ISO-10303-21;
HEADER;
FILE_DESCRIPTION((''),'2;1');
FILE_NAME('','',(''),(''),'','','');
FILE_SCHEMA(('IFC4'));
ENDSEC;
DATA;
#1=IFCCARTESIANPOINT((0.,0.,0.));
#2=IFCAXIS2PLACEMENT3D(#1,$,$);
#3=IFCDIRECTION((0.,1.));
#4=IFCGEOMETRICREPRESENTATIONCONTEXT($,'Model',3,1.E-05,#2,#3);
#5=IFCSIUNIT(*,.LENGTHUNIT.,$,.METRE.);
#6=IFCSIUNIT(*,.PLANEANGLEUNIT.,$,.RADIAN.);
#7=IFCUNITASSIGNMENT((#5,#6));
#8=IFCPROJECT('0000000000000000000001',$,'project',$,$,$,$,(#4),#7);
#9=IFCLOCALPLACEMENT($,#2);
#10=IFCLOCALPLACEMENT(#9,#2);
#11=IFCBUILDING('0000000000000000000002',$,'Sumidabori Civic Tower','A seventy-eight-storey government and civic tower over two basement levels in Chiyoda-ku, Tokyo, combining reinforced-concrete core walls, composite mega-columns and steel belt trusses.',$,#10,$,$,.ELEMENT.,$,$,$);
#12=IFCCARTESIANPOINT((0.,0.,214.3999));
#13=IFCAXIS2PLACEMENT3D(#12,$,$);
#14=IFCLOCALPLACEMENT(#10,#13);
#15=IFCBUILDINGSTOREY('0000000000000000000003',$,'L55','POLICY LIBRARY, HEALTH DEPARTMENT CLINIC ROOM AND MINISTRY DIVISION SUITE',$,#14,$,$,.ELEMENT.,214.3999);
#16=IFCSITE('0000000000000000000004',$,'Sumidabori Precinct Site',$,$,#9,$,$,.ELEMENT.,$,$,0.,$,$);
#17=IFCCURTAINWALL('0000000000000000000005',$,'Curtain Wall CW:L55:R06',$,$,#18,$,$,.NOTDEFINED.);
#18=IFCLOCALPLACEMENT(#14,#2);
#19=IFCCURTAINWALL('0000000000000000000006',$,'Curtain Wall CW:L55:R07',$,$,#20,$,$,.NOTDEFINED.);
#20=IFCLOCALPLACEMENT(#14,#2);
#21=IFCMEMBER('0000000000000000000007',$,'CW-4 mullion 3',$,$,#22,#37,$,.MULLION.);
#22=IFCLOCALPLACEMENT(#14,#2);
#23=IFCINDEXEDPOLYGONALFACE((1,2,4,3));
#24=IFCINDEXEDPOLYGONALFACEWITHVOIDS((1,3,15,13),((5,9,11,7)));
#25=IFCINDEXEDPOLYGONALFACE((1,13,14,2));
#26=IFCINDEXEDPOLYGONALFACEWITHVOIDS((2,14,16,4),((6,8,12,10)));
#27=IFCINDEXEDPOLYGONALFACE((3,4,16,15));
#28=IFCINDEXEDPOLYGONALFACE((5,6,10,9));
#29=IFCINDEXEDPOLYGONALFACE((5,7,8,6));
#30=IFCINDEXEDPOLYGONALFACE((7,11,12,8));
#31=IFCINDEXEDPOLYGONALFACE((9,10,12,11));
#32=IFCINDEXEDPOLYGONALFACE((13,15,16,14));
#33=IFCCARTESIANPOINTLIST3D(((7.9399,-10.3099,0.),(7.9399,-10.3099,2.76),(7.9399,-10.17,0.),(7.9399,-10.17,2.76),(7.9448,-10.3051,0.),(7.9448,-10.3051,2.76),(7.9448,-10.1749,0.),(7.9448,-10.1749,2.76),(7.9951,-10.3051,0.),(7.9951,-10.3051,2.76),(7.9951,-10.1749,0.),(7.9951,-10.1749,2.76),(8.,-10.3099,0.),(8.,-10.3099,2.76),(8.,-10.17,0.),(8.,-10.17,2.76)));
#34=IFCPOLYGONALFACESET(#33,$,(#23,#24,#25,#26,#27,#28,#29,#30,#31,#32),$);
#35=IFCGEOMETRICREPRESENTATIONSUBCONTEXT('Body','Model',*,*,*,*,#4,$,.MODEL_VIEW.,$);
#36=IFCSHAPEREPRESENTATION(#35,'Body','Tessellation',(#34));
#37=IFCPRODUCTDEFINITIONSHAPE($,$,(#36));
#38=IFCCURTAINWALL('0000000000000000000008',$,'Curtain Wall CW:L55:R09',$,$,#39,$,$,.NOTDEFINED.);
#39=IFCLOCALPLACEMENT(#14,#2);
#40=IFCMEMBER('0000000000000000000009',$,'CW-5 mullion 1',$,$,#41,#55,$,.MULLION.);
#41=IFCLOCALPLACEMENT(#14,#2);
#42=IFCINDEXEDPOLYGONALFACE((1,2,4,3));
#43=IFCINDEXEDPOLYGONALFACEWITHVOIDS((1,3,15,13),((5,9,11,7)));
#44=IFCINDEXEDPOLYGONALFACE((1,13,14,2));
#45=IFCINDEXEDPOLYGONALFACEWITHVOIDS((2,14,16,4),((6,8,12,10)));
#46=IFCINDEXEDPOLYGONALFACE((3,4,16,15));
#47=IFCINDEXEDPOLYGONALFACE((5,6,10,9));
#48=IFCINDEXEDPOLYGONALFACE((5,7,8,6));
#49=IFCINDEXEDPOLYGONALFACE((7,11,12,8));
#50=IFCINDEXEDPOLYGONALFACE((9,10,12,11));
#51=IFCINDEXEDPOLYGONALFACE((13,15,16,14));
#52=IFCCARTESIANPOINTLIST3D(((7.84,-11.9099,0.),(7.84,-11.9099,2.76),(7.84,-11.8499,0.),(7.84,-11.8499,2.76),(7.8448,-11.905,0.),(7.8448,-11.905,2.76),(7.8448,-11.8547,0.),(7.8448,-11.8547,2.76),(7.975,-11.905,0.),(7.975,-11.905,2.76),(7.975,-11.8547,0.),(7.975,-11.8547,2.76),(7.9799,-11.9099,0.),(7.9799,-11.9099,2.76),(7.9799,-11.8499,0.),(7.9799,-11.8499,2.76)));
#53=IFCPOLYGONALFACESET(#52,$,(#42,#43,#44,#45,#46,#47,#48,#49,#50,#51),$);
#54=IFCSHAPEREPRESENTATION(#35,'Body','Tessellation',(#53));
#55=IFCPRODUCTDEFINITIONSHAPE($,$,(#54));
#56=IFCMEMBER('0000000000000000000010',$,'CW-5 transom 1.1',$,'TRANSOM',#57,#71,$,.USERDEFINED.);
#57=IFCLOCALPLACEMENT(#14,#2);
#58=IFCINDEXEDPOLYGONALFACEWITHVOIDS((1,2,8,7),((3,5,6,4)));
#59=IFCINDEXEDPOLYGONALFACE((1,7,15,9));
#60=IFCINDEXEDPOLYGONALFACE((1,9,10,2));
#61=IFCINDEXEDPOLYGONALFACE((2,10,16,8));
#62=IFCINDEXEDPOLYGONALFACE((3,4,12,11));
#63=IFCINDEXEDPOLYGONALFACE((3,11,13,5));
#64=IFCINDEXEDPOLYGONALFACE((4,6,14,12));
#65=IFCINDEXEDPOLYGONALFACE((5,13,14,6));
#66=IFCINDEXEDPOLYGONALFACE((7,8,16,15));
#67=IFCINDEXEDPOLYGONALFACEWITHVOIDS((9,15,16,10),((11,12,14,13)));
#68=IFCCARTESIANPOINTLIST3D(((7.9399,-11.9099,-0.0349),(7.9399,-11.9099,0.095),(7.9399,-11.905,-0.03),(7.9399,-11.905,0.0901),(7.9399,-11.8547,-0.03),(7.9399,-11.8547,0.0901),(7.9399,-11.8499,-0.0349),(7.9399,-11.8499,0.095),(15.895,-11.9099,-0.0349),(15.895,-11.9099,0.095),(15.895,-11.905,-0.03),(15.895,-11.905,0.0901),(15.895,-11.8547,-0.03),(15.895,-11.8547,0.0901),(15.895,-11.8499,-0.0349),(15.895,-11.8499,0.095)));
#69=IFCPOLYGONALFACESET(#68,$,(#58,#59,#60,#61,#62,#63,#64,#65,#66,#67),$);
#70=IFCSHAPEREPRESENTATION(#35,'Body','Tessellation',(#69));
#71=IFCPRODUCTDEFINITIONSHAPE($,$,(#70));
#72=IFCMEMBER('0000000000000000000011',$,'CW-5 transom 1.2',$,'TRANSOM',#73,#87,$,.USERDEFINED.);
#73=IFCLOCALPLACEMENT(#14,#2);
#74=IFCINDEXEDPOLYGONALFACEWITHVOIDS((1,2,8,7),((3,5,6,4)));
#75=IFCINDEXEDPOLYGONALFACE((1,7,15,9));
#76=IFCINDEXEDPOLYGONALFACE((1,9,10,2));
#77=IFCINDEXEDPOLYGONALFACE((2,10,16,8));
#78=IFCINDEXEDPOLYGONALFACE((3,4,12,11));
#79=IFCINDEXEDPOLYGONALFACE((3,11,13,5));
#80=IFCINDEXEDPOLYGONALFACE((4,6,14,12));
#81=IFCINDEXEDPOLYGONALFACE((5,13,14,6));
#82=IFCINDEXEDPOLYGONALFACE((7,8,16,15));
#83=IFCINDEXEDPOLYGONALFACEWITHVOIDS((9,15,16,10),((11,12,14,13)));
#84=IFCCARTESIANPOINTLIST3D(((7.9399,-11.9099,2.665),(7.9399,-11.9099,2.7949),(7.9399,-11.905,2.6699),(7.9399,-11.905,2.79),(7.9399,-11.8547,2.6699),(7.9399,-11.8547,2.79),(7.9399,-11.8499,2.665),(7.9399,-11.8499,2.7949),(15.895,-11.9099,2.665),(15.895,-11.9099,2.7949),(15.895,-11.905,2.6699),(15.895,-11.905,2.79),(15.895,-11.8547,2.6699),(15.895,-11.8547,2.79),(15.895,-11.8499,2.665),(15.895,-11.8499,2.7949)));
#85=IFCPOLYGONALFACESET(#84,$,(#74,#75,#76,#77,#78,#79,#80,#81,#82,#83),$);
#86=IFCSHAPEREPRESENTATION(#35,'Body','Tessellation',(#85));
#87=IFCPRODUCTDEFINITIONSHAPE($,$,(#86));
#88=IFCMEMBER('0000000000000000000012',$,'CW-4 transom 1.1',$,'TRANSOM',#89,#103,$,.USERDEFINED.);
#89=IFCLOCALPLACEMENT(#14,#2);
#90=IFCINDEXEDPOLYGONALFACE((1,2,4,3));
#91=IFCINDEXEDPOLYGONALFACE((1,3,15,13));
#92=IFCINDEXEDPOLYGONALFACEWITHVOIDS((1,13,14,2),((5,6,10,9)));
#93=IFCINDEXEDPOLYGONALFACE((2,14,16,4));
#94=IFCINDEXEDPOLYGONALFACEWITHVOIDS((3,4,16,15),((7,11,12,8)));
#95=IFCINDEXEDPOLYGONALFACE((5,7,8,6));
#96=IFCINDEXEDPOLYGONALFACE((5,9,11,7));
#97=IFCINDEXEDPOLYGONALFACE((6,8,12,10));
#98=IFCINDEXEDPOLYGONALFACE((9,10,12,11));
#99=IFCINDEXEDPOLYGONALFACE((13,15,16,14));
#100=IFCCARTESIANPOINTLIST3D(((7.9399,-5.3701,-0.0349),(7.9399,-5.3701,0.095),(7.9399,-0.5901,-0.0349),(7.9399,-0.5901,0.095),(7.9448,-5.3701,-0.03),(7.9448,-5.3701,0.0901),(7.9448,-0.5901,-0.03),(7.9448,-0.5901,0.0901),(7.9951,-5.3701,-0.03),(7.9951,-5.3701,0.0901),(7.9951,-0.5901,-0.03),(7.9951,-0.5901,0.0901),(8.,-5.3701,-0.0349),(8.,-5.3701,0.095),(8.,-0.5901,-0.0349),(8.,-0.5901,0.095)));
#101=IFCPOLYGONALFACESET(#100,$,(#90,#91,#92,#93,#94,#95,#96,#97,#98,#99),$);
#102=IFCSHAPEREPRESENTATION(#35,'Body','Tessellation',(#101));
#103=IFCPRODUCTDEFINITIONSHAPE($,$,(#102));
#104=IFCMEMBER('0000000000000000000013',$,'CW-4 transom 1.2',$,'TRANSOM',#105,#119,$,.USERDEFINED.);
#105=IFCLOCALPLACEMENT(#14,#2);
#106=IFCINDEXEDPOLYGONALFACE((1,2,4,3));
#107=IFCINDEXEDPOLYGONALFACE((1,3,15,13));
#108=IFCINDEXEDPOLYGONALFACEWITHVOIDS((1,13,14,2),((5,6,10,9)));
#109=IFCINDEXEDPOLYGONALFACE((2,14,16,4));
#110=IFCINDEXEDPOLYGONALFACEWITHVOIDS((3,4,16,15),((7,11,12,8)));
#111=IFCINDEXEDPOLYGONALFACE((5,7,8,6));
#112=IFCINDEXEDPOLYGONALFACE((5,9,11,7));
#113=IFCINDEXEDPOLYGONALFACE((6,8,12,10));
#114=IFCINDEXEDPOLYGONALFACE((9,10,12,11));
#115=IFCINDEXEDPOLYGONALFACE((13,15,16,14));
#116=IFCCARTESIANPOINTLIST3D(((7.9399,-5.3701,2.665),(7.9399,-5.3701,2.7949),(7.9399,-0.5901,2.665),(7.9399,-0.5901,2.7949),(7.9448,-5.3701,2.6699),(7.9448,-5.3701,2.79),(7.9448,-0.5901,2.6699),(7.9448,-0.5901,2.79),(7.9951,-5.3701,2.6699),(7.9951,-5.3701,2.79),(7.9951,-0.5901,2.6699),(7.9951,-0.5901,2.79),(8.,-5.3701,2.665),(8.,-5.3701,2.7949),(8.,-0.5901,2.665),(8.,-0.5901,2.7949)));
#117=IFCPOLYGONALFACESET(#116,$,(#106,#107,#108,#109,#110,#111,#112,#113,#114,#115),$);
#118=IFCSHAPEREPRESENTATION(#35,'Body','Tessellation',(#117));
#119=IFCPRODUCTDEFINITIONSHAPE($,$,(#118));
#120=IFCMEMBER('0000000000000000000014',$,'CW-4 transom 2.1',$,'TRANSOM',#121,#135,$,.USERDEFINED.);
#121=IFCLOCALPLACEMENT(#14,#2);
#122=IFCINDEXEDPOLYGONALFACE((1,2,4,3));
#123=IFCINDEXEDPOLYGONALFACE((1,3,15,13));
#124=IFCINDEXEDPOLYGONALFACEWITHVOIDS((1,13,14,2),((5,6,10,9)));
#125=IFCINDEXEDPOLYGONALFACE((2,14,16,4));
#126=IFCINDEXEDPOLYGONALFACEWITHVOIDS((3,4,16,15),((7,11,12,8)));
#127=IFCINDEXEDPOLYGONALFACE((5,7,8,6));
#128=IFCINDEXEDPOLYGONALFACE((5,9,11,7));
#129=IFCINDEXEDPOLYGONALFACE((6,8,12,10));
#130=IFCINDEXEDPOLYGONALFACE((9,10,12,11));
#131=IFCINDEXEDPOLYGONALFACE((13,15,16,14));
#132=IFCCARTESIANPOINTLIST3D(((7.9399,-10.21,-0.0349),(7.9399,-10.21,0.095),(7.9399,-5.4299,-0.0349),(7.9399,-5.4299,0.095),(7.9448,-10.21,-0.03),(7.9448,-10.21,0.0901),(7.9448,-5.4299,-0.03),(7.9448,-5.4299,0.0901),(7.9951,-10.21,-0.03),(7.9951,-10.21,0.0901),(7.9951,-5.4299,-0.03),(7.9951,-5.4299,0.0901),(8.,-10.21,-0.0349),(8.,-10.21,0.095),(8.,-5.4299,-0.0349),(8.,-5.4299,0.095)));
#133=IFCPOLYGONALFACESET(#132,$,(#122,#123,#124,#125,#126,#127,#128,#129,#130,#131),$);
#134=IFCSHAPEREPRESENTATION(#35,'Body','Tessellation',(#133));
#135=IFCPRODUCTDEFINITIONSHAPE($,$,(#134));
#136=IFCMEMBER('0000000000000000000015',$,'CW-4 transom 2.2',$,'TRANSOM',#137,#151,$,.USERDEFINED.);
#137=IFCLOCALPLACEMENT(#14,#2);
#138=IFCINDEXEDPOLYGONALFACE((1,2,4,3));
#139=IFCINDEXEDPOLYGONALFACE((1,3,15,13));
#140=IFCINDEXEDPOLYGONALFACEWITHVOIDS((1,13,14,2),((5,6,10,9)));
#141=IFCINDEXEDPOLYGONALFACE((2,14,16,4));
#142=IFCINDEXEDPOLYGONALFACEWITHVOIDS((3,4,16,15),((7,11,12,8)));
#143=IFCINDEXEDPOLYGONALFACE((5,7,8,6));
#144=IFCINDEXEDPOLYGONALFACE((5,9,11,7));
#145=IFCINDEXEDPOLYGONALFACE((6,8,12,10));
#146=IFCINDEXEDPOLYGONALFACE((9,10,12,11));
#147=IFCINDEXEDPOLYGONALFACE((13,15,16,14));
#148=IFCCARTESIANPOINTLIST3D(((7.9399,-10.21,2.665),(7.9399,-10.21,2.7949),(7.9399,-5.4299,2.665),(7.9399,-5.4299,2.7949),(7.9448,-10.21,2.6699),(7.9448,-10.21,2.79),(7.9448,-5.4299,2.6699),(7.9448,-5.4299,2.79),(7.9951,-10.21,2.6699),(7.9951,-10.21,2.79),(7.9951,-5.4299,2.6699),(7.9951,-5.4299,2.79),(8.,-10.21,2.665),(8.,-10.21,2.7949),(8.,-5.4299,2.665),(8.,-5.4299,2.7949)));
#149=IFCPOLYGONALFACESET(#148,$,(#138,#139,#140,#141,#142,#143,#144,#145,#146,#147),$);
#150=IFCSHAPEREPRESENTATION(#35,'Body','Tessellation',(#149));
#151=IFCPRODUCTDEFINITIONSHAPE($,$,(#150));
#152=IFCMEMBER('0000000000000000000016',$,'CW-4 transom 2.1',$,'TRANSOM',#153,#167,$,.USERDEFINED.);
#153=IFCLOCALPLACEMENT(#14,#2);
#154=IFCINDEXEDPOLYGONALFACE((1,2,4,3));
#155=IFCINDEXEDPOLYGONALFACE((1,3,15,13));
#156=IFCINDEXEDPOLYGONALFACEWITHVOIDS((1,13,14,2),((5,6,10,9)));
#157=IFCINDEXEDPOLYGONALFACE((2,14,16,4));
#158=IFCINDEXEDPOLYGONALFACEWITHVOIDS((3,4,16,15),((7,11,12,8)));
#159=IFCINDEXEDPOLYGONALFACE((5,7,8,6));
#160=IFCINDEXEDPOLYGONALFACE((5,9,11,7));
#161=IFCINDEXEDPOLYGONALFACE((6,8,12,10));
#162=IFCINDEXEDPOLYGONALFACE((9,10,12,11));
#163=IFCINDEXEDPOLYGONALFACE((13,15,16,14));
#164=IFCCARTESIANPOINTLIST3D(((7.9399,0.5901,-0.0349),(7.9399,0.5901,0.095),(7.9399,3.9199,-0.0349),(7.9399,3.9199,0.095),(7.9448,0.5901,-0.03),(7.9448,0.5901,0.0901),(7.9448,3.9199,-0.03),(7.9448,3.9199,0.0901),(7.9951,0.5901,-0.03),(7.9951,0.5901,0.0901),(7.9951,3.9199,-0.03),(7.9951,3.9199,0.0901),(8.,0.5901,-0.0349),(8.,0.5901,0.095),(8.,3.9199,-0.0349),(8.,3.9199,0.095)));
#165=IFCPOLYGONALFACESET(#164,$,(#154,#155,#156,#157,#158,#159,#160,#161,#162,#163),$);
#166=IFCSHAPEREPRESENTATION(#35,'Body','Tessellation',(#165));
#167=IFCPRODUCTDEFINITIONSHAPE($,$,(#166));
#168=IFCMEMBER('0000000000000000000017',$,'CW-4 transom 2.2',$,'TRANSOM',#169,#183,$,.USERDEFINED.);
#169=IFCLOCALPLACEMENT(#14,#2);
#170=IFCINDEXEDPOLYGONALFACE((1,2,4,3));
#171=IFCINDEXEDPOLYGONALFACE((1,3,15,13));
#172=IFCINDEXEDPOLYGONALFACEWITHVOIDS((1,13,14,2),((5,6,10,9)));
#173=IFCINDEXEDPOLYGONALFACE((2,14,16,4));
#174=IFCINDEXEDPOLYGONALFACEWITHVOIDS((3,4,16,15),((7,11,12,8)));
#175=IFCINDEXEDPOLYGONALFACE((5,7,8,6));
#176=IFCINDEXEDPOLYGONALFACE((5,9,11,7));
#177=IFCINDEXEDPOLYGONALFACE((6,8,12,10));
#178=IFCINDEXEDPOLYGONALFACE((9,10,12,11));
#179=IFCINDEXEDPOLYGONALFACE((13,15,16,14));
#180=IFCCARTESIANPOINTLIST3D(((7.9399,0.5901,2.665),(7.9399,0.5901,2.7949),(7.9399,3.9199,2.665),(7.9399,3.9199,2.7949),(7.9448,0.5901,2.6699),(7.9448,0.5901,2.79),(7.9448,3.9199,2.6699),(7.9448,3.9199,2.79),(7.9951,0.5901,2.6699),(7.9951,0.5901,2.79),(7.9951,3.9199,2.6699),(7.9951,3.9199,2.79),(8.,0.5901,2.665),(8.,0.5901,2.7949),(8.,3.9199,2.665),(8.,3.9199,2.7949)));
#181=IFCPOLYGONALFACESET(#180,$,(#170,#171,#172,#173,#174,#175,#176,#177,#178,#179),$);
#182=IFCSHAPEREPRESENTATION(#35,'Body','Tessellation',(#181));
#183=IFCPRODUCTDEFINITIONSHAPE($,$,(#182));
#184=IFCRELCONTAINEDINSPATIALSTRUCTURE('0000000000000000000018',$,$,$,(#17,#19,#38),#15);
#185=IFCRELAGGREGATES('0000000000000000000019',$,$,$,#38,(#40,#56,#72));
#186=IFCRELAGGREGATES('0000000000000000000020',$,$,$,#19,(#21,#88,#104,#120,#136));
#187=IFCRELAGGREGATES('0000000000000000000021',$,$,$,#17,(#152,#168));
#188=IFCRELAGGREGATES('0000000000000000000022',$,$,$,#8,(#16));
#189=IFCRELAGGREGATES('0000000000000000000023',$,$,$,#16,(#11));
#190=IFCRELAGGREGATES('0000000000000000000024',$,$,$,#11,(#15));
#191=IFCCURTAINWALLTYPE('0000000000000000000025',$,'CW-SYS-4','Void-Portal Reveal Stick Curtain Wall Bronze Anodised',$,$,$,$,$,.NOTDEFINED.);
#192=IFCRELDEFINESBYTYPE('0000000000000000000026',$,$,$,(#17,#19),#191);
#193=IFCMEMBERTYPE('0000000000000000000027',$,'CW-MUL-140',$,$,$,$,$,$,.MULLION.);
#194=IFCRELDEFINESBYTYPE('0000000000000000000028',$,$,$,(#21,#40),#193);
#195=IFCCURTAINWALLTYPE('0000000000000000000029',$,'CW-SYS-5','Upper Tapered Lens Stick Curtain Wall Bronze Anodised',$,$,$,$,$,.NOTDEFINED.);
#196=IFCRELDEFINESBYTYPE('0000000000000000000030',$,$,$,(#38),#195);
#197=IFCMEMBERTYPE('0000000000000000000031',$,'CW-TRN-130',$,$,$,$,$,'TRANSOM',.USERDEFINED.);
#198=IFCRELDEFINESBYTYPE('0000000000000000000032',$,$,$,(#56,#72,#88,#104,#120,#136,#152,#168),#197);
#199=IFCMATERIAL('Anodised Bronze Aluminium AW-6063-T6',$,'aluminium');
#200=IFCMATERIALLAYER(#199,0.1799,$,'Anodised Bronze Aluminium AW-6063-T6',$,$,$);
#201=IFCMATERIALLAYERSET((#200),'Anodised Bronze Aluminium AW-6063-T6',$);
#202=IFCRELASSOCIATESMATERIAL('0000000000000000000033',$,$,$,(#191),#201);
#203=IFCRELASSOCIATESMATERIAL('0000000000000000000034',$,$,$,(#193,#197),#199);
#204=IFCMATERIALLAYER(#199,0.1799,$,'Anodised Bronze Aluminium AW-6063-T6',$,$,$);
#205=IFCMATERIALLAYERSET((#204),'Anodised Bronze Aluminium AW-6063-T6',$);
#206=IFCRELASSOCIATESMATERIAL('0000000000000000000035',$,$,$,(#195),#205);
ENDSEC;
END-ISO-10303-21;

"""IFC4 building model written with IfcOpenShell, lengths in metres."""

from ifc_helpers import new_model, si_unit, direction, frame, origin, origin_2d, place, context, subcontext, project, spatial, hollow_rectangle, extrude, source, transform, mapped, material, layer, layer_set, material_profile, profile_set, type_object, element, aggregate, save


model = new_model("IFC4")

# Units and contexts
model_context = context("Model", 3, precision=1e-05, world=origin(), true_north=direction((0.0, 1.0)))
body_context = subcontext(model_context, "Body", "Model", "MODEL_VIEW")
ifc_project = project(units=[si_unit("LENGTHUNIT", "METRE"), si_unit("PLANEANGLEUNIT", "RADIAN")], contexts=[model_context])

# Site, building, storey
site_placement = place(None, origin())
site = spatial("IfcSite", under=ifc_project, at=site_placement, Name="Sumidabori Precinct Site", CompositionType="ELEMENT", RefElevation=0.0)
building_placement = place(site_placement, origin())
building = spatial("IfcBuilding", under=site, at=building_placement, Name="Sumidabori Civic Tower", Description="A seventy-eight-storey government and civic tower over two basement levels in Chiyoda-ku, Tokyo, combining reinforced-concrete core walls, composite mega-columns and steel belt trusses.", CompositionType="ELEMENT")
storey_placement = place(building_placement, frame((0.0, 0.0, 214.3999)))
storey = spatial("IfcBuildingStorey", under=building, at=storey_placement, Name="L55", Description="POLICY LIBRARY, HEALTH DEPARTMENT CLINIC ROOM AND MINISTRY DIVISION SUITE", CompositionType="ELEMENT", Elevation=214.3999)

# Curtain walls, members
ifc_material_1 = material(Name="Anodised Bronze Aluminium AW-6063-T6", Category="aluminium")
ifc_layer_1 = layer(ifc_material_1, 0.1799, Name="Anodised Bronze Aluminium AW-6063-T6")
ifc_layer_set_1 = layer_set([ifc_layer_1], Name="Anodised Bronze Aluminium AW-6063-T6")
curtain_wall_type_1 = type_object("IfcCurtainWallType", Name="CW-SYS-4", Description="Void-Portal Reveal Stick Curtain Wall Bronze Anodised", PredefinedType="NOTDEFINED", material=ifc_layer_set_1)
curtain_wall_1_placement = place(storey_placement, origin())
curtain_wall_1 = element("IfcCurtainWall", 1, at=curtain_wall_1_placement, inside=storey, type_object=curtain_wall_type_1, Name="Curtain Wall CW:L55:R06", PredefinedType="NOTDEFINED")
ifc_material_profile_1 = material_profile(ifc_material_1, hollow_rectangle(XDim=0.0601, YDim=0.1399, WallThickness=0.0049, at=origin_2d()), Name="ALU MULLION 140x60")
ifc_profile_set_1 = profile_set([ifc_material_profile_1], Name="Anodised Bronze Aluminium AW-6063-T6")
member_type_1 = type_object("IfcMemberType", Name="CW-MUL-140", PredefinedType="MULLION", material=ifc_profile_set_1)
shared_shape_1 = source(origin(), body_context, "Body", "SweptSolid", [
    extrude(hollow_rectangle(XDim=0.0601, YDim=0.1399, WallThickness=0.0049, at=origin_2d()), origin(), (0.0, 0.0, 1.0), 2.76),
])
curtain_wall_2_placement = place(storey_placement, origin())
curtain_wall_2 = element("IfcCurtainWall", 2, at=curtain_wall_2_placement, inside=storey, type_object=curtain_wall_type_1, Name="Curtain Wall CW:L55:R07", PredefinedType="NOTDEFINED")
member_1_placement = place(storey_placement, frame((7.97, -10.24, 0.0), z_axis=(0.0, 0.0, 1.0), x_axis=(1.0, 0.0, 0.0)))
member_1 = element("IfcMember", 3, at=member_1_placement, type_object=member_type_1, Name="CW-4 mullion 3", PredefinedType="MULLION", context=body_context, shape_type="MappedRepresentation", body=[
    mapped(shared_shape_1, transform((0.0, 0.0, 0.0), x_axis=(1.0, 0.0, 0.0), y_axis=(0.0, 1.0, 0.0), z_axis=(0.0, 0.0, 1.0), scale=1.0)),
])
ifc_layer_2 = layer(ifc_material_1, 0.1799, Name="Anodised Bronze Aluminium AW-6063-T6")
ifc_layer_set_2 = layer_set([ifc_layer_2], Name="Anodised Bronze Aluminium AW-6063-T6")
curtain_wall_type_2 = type_object("IfcCurtainWallType", Name="CW-SYS-5", Description="Upper Tapered Lens Stick Curtain Wall Bronze Anodised", PredefinedType="NOTDEFINED", material=ifc_layer_set_2)
curtain_wall_3_placement = place(storey_placement, origin())
curtain_wall_3 = element("IfcCurtainWall", 4, at=curtain_wall_3_placement, inside=storey, type_object=curtain_wall_type_2, Name="Curtain Wall CW:L55:R09", PredefinedType="NOTDEFINED")
member_2_placement = place(storey_placement, frame((7.9099, -11.8799, 0.0), z_axis=(0.0, 0.0, 1.0), x_axis=(0.0, 1.0, 0.0)))
member_2 = element("IfcMember", 5, at=member_2_placement, type_object=member_type_1, Name="CW-5 mullion 1", PredefinedType="MULLION", context=body_context, shape_type="MappedRepresentation", body=[
    mapped(shared_shape_1, transform((0.0, 0.0, 0.0), x_axis=(1.0, 0.0, 0.0), y_axis=(0.0, 1.0, 0.0), z_axis=(0.0, 0.0, 1.0), scale=1.0)),
])
ifc_material_profile_2 = material_profile(ifc_material_1, hollow_rectangle(XDim=0.0601, YDim=0.1299, WallThickness=0.0049, at=origin_2d()), Name="ALU TRANSOM 130x60")
ifc_profile_set_2 = profile_set([ifc_material_profile_2], Name="Anodised Bronze Aluminium AW-6063-T6")
member_type_2 = type_object("IfcMemberType", Name="CW-TRN-130", ElementType="TRANSOM", PredefinedType="USERDEFINED", material=ifc_profile_set_2)
shared_shape_2 = source(origin(), body_context, "Body", "SweptSolid", [
    extrude(hollow_rectangle(XDim=0.0601, YDim=0.1299, WallThickness=0.0049, at=origin_2d()), origin(), (0.0, 0.0, 1.0), 7.9551),
])
member_3_placement = place(storey_placement, frame((7.9399, -11.8799, 0.03), z_axis=(1.0, 0.0, 0.0), x_axis=(0.0, 1.0, 0.0)))
member_3 = element("IfcMember", 6, at=member_3_placement, type_object=member_type_2, Name="CW-5 transom 1.1", ObjectType="TRANSOM", PredefinedType="USERDEFINED", context=body_context, shape_type="MappedRepresentation", body=[
    mapped(shared_shape_2, transform((0.0, 0.0, 0.0), x_axis=(1.0, 0.0, 0.0), y_axis=(0.0, 1.0, 0.0), z_axis=(0.0, 0.0, 1.0), scale=1.0)),
])
member_4_placement = place(storey_placement, frame((7.9399, -11.8799, 2.73), z_axis=(1.0, 0.0, 0.0), x_axis=(0.0, 1.0, 0.0)))
member_4 = element("IfcMember", 7, at=member_4_placement, type_object=member_type_2, Name="CW-5 transom 1.2", ObjectType="TRANSOM", PredefinedType="USERDEFINED", context=body_context, shape_type="MappedRepresentation", body=[
    mapped(shared_shape_2, transform((0.0, 0.0, 0.0), x_axis=(1.0, 0.0, 0.0), y_axis=(0.0, 1.0, 0.0), z_axis=(0.0, 0.0, 1.0), scale=1.0)),
])

# Members
shared_shape_3 = source(origin(), body_context, "Body", "SweptSolid", [
    extrude(hollow_rectangle(XDim=0.0601, YDim=0.1299, WallThickness=0.0049, at=origin_2d()), origin(), (0.0, 0.0, 1.0), 4.78),
])
member_5_placement = place(storey_placement, frame((7.97, -0.5901, 0.03), z_axis=(0.0, -1.0, 0.0), x_axis=(1.0, 0.0, 0.0)))
member_5 = element("IfcMember", 8, at=member_5_placement, type_object=member_type_2, Name="CW-4 transom 1.1", ObjectType="TRANSOM", PredefinedType="USERDEFINED", context=body_context, shape_type="MappedRepresentation", body=[
    mapped(shared_shape_3, transform((0.0, 0.0, 0.0), x_axis=(1.0, 0.0, 0.0), y_axis=(0.0, 1.0, 0.0), z_axis=(0.0, 0.0, 1.0), scale=1.0)),
])
member_6_placement = place(storey_placement, frame((7.97, -0.5901, 2.73), z_axis=(0.0, -1.0, 0.0), x_axis=(1.0, 0.0, 0.0)))
member_6 = element("IfcMember", 9, at=member_6_placement, type_object=member_type_2, Name="CW-4 transom 1.2", ObjectType="TRANSOM", PredefinedType="USERDEFINED", context=body_context, shape_type="MappedRepresentation", body=[
    mapped(shared_shape_3, transform((0.0, 0.0, 0.0), x_axis=(1.0, 0.0, 0.0), y_axis=(0.0, 1.0, 0.0), z_axis=(0.0, 0.0, 1.0), scale=1.0)),
])
member_7_placement = place(storey_placement, frame((7.97, -5.4299, 0.03), z_axis=(0.0, -1.0, 0.0), x_axis=(1.0, 0.0, 0.0)))
member_7 = element("IfcMember", 10, at=member_7_placement, type_object=member_type_2, Name="CW-4 transom 2.1", ObjectType="TRANSOM", PredefinedType="USERDEFINED", context=body_context, shape_type="MappedRepresentation", body=[
    mapped(shared_shape_3, transform((0.0, 0.0, 0.0), x_axis=(1.0, 0.0, 0.0), y_axis=(0.0, 1.0, 0.0), z_axis=(0.0, 0.0, 1.0), scale=1.0)),
])
member_8_placement = place(storey_placement, frame((7.97, -5.4299, 2.73), z_axis=(0.0, -1.0, 0.0), x_axis=(1.0, 0.0, 0.0)))
member_8 = element("IfcMember", 11, at=member_8_placement, type_object=member_type_2, Name="CW-4 transom 2.2", ObjectType="TRANSOM", PredefinedType="USERDEFINED", context=body_context, shape_type="MappedRepresentation", body=[
    mapped(shared_shape_3, transform((0.0, 0.0, 0.0), x_axis=(1.0, 0.0, 0.0), y_axis=(0.0, 1.0, 0.0), z_axis=(0.0, 0.0, 1.0), scale=1.0)),
])
shared_shape_4 = source(origin(), body_context, "Body", "SweptSolid", [
    extrude(hollow_rectangle(XDim=0.0601, YDim=0.1299, WallThickness=0.0049, at=origin_2d()), origin(), (0.0, 0.0, 1.0), 3.3298),
])
member_9_placement = place(storey_placement, frame((7.97, 3.9199, 0.03), z_axis=(0.0, -1.0, 0.0), x_axis=(1.0, 0.0, 0.0)))
member_9 = element("IfcMember", 12, at=member_9_placement, type_object=member_type_2, Name="CW-4 transom 2.1", ObjectType="TRANSOM", PredefinedType="USERDEFINED", context=body_context, shape_type="MappedRepresentation", body=[
    mapped(shared_shape_4, transform((0.0, 0.0, 0.0), x_axis=(1.0, 0.0, 0.0), y_axis=(0.0, 1.0, 0.0), z_axis=(0.0, 0.0, 1.0), scale=1.0)),
])
member_10_placement = place(storey_placement, frame((7.97, 3.9199, 2.73), z_axis=(0.0, -1.0, 0.0), x_axis=(1.0, 0.0, 0.0)))
member_10 = element("IfcMember", 13, at=member_10_placement, type_object=member_type_2, Name="CW-4 transom 2.2", ObjectType="TRANSOM", PredefinedType="USERDEFINED", context=body_context, shape_type="MappedRepresentation", body=[
    mapped(shared_shape_4, transform((0.0, 0.0, 0.0), x_axis=(1.0, 0.0, 0.0), y_axis=(0.0, 1.0, 0.0), z_axis=(0.0, 0.0, 1.0), scale=1.0)),
])

aggregate(curtain_wall_3, [member_2, member_3, member_4])
aggregate(curtain_wall_2, [member_1, member_5, member_6, member_7, member_8])
aggregate(curtain_wall_1, [member_9, member_10])

save(model, "model.ifc")
